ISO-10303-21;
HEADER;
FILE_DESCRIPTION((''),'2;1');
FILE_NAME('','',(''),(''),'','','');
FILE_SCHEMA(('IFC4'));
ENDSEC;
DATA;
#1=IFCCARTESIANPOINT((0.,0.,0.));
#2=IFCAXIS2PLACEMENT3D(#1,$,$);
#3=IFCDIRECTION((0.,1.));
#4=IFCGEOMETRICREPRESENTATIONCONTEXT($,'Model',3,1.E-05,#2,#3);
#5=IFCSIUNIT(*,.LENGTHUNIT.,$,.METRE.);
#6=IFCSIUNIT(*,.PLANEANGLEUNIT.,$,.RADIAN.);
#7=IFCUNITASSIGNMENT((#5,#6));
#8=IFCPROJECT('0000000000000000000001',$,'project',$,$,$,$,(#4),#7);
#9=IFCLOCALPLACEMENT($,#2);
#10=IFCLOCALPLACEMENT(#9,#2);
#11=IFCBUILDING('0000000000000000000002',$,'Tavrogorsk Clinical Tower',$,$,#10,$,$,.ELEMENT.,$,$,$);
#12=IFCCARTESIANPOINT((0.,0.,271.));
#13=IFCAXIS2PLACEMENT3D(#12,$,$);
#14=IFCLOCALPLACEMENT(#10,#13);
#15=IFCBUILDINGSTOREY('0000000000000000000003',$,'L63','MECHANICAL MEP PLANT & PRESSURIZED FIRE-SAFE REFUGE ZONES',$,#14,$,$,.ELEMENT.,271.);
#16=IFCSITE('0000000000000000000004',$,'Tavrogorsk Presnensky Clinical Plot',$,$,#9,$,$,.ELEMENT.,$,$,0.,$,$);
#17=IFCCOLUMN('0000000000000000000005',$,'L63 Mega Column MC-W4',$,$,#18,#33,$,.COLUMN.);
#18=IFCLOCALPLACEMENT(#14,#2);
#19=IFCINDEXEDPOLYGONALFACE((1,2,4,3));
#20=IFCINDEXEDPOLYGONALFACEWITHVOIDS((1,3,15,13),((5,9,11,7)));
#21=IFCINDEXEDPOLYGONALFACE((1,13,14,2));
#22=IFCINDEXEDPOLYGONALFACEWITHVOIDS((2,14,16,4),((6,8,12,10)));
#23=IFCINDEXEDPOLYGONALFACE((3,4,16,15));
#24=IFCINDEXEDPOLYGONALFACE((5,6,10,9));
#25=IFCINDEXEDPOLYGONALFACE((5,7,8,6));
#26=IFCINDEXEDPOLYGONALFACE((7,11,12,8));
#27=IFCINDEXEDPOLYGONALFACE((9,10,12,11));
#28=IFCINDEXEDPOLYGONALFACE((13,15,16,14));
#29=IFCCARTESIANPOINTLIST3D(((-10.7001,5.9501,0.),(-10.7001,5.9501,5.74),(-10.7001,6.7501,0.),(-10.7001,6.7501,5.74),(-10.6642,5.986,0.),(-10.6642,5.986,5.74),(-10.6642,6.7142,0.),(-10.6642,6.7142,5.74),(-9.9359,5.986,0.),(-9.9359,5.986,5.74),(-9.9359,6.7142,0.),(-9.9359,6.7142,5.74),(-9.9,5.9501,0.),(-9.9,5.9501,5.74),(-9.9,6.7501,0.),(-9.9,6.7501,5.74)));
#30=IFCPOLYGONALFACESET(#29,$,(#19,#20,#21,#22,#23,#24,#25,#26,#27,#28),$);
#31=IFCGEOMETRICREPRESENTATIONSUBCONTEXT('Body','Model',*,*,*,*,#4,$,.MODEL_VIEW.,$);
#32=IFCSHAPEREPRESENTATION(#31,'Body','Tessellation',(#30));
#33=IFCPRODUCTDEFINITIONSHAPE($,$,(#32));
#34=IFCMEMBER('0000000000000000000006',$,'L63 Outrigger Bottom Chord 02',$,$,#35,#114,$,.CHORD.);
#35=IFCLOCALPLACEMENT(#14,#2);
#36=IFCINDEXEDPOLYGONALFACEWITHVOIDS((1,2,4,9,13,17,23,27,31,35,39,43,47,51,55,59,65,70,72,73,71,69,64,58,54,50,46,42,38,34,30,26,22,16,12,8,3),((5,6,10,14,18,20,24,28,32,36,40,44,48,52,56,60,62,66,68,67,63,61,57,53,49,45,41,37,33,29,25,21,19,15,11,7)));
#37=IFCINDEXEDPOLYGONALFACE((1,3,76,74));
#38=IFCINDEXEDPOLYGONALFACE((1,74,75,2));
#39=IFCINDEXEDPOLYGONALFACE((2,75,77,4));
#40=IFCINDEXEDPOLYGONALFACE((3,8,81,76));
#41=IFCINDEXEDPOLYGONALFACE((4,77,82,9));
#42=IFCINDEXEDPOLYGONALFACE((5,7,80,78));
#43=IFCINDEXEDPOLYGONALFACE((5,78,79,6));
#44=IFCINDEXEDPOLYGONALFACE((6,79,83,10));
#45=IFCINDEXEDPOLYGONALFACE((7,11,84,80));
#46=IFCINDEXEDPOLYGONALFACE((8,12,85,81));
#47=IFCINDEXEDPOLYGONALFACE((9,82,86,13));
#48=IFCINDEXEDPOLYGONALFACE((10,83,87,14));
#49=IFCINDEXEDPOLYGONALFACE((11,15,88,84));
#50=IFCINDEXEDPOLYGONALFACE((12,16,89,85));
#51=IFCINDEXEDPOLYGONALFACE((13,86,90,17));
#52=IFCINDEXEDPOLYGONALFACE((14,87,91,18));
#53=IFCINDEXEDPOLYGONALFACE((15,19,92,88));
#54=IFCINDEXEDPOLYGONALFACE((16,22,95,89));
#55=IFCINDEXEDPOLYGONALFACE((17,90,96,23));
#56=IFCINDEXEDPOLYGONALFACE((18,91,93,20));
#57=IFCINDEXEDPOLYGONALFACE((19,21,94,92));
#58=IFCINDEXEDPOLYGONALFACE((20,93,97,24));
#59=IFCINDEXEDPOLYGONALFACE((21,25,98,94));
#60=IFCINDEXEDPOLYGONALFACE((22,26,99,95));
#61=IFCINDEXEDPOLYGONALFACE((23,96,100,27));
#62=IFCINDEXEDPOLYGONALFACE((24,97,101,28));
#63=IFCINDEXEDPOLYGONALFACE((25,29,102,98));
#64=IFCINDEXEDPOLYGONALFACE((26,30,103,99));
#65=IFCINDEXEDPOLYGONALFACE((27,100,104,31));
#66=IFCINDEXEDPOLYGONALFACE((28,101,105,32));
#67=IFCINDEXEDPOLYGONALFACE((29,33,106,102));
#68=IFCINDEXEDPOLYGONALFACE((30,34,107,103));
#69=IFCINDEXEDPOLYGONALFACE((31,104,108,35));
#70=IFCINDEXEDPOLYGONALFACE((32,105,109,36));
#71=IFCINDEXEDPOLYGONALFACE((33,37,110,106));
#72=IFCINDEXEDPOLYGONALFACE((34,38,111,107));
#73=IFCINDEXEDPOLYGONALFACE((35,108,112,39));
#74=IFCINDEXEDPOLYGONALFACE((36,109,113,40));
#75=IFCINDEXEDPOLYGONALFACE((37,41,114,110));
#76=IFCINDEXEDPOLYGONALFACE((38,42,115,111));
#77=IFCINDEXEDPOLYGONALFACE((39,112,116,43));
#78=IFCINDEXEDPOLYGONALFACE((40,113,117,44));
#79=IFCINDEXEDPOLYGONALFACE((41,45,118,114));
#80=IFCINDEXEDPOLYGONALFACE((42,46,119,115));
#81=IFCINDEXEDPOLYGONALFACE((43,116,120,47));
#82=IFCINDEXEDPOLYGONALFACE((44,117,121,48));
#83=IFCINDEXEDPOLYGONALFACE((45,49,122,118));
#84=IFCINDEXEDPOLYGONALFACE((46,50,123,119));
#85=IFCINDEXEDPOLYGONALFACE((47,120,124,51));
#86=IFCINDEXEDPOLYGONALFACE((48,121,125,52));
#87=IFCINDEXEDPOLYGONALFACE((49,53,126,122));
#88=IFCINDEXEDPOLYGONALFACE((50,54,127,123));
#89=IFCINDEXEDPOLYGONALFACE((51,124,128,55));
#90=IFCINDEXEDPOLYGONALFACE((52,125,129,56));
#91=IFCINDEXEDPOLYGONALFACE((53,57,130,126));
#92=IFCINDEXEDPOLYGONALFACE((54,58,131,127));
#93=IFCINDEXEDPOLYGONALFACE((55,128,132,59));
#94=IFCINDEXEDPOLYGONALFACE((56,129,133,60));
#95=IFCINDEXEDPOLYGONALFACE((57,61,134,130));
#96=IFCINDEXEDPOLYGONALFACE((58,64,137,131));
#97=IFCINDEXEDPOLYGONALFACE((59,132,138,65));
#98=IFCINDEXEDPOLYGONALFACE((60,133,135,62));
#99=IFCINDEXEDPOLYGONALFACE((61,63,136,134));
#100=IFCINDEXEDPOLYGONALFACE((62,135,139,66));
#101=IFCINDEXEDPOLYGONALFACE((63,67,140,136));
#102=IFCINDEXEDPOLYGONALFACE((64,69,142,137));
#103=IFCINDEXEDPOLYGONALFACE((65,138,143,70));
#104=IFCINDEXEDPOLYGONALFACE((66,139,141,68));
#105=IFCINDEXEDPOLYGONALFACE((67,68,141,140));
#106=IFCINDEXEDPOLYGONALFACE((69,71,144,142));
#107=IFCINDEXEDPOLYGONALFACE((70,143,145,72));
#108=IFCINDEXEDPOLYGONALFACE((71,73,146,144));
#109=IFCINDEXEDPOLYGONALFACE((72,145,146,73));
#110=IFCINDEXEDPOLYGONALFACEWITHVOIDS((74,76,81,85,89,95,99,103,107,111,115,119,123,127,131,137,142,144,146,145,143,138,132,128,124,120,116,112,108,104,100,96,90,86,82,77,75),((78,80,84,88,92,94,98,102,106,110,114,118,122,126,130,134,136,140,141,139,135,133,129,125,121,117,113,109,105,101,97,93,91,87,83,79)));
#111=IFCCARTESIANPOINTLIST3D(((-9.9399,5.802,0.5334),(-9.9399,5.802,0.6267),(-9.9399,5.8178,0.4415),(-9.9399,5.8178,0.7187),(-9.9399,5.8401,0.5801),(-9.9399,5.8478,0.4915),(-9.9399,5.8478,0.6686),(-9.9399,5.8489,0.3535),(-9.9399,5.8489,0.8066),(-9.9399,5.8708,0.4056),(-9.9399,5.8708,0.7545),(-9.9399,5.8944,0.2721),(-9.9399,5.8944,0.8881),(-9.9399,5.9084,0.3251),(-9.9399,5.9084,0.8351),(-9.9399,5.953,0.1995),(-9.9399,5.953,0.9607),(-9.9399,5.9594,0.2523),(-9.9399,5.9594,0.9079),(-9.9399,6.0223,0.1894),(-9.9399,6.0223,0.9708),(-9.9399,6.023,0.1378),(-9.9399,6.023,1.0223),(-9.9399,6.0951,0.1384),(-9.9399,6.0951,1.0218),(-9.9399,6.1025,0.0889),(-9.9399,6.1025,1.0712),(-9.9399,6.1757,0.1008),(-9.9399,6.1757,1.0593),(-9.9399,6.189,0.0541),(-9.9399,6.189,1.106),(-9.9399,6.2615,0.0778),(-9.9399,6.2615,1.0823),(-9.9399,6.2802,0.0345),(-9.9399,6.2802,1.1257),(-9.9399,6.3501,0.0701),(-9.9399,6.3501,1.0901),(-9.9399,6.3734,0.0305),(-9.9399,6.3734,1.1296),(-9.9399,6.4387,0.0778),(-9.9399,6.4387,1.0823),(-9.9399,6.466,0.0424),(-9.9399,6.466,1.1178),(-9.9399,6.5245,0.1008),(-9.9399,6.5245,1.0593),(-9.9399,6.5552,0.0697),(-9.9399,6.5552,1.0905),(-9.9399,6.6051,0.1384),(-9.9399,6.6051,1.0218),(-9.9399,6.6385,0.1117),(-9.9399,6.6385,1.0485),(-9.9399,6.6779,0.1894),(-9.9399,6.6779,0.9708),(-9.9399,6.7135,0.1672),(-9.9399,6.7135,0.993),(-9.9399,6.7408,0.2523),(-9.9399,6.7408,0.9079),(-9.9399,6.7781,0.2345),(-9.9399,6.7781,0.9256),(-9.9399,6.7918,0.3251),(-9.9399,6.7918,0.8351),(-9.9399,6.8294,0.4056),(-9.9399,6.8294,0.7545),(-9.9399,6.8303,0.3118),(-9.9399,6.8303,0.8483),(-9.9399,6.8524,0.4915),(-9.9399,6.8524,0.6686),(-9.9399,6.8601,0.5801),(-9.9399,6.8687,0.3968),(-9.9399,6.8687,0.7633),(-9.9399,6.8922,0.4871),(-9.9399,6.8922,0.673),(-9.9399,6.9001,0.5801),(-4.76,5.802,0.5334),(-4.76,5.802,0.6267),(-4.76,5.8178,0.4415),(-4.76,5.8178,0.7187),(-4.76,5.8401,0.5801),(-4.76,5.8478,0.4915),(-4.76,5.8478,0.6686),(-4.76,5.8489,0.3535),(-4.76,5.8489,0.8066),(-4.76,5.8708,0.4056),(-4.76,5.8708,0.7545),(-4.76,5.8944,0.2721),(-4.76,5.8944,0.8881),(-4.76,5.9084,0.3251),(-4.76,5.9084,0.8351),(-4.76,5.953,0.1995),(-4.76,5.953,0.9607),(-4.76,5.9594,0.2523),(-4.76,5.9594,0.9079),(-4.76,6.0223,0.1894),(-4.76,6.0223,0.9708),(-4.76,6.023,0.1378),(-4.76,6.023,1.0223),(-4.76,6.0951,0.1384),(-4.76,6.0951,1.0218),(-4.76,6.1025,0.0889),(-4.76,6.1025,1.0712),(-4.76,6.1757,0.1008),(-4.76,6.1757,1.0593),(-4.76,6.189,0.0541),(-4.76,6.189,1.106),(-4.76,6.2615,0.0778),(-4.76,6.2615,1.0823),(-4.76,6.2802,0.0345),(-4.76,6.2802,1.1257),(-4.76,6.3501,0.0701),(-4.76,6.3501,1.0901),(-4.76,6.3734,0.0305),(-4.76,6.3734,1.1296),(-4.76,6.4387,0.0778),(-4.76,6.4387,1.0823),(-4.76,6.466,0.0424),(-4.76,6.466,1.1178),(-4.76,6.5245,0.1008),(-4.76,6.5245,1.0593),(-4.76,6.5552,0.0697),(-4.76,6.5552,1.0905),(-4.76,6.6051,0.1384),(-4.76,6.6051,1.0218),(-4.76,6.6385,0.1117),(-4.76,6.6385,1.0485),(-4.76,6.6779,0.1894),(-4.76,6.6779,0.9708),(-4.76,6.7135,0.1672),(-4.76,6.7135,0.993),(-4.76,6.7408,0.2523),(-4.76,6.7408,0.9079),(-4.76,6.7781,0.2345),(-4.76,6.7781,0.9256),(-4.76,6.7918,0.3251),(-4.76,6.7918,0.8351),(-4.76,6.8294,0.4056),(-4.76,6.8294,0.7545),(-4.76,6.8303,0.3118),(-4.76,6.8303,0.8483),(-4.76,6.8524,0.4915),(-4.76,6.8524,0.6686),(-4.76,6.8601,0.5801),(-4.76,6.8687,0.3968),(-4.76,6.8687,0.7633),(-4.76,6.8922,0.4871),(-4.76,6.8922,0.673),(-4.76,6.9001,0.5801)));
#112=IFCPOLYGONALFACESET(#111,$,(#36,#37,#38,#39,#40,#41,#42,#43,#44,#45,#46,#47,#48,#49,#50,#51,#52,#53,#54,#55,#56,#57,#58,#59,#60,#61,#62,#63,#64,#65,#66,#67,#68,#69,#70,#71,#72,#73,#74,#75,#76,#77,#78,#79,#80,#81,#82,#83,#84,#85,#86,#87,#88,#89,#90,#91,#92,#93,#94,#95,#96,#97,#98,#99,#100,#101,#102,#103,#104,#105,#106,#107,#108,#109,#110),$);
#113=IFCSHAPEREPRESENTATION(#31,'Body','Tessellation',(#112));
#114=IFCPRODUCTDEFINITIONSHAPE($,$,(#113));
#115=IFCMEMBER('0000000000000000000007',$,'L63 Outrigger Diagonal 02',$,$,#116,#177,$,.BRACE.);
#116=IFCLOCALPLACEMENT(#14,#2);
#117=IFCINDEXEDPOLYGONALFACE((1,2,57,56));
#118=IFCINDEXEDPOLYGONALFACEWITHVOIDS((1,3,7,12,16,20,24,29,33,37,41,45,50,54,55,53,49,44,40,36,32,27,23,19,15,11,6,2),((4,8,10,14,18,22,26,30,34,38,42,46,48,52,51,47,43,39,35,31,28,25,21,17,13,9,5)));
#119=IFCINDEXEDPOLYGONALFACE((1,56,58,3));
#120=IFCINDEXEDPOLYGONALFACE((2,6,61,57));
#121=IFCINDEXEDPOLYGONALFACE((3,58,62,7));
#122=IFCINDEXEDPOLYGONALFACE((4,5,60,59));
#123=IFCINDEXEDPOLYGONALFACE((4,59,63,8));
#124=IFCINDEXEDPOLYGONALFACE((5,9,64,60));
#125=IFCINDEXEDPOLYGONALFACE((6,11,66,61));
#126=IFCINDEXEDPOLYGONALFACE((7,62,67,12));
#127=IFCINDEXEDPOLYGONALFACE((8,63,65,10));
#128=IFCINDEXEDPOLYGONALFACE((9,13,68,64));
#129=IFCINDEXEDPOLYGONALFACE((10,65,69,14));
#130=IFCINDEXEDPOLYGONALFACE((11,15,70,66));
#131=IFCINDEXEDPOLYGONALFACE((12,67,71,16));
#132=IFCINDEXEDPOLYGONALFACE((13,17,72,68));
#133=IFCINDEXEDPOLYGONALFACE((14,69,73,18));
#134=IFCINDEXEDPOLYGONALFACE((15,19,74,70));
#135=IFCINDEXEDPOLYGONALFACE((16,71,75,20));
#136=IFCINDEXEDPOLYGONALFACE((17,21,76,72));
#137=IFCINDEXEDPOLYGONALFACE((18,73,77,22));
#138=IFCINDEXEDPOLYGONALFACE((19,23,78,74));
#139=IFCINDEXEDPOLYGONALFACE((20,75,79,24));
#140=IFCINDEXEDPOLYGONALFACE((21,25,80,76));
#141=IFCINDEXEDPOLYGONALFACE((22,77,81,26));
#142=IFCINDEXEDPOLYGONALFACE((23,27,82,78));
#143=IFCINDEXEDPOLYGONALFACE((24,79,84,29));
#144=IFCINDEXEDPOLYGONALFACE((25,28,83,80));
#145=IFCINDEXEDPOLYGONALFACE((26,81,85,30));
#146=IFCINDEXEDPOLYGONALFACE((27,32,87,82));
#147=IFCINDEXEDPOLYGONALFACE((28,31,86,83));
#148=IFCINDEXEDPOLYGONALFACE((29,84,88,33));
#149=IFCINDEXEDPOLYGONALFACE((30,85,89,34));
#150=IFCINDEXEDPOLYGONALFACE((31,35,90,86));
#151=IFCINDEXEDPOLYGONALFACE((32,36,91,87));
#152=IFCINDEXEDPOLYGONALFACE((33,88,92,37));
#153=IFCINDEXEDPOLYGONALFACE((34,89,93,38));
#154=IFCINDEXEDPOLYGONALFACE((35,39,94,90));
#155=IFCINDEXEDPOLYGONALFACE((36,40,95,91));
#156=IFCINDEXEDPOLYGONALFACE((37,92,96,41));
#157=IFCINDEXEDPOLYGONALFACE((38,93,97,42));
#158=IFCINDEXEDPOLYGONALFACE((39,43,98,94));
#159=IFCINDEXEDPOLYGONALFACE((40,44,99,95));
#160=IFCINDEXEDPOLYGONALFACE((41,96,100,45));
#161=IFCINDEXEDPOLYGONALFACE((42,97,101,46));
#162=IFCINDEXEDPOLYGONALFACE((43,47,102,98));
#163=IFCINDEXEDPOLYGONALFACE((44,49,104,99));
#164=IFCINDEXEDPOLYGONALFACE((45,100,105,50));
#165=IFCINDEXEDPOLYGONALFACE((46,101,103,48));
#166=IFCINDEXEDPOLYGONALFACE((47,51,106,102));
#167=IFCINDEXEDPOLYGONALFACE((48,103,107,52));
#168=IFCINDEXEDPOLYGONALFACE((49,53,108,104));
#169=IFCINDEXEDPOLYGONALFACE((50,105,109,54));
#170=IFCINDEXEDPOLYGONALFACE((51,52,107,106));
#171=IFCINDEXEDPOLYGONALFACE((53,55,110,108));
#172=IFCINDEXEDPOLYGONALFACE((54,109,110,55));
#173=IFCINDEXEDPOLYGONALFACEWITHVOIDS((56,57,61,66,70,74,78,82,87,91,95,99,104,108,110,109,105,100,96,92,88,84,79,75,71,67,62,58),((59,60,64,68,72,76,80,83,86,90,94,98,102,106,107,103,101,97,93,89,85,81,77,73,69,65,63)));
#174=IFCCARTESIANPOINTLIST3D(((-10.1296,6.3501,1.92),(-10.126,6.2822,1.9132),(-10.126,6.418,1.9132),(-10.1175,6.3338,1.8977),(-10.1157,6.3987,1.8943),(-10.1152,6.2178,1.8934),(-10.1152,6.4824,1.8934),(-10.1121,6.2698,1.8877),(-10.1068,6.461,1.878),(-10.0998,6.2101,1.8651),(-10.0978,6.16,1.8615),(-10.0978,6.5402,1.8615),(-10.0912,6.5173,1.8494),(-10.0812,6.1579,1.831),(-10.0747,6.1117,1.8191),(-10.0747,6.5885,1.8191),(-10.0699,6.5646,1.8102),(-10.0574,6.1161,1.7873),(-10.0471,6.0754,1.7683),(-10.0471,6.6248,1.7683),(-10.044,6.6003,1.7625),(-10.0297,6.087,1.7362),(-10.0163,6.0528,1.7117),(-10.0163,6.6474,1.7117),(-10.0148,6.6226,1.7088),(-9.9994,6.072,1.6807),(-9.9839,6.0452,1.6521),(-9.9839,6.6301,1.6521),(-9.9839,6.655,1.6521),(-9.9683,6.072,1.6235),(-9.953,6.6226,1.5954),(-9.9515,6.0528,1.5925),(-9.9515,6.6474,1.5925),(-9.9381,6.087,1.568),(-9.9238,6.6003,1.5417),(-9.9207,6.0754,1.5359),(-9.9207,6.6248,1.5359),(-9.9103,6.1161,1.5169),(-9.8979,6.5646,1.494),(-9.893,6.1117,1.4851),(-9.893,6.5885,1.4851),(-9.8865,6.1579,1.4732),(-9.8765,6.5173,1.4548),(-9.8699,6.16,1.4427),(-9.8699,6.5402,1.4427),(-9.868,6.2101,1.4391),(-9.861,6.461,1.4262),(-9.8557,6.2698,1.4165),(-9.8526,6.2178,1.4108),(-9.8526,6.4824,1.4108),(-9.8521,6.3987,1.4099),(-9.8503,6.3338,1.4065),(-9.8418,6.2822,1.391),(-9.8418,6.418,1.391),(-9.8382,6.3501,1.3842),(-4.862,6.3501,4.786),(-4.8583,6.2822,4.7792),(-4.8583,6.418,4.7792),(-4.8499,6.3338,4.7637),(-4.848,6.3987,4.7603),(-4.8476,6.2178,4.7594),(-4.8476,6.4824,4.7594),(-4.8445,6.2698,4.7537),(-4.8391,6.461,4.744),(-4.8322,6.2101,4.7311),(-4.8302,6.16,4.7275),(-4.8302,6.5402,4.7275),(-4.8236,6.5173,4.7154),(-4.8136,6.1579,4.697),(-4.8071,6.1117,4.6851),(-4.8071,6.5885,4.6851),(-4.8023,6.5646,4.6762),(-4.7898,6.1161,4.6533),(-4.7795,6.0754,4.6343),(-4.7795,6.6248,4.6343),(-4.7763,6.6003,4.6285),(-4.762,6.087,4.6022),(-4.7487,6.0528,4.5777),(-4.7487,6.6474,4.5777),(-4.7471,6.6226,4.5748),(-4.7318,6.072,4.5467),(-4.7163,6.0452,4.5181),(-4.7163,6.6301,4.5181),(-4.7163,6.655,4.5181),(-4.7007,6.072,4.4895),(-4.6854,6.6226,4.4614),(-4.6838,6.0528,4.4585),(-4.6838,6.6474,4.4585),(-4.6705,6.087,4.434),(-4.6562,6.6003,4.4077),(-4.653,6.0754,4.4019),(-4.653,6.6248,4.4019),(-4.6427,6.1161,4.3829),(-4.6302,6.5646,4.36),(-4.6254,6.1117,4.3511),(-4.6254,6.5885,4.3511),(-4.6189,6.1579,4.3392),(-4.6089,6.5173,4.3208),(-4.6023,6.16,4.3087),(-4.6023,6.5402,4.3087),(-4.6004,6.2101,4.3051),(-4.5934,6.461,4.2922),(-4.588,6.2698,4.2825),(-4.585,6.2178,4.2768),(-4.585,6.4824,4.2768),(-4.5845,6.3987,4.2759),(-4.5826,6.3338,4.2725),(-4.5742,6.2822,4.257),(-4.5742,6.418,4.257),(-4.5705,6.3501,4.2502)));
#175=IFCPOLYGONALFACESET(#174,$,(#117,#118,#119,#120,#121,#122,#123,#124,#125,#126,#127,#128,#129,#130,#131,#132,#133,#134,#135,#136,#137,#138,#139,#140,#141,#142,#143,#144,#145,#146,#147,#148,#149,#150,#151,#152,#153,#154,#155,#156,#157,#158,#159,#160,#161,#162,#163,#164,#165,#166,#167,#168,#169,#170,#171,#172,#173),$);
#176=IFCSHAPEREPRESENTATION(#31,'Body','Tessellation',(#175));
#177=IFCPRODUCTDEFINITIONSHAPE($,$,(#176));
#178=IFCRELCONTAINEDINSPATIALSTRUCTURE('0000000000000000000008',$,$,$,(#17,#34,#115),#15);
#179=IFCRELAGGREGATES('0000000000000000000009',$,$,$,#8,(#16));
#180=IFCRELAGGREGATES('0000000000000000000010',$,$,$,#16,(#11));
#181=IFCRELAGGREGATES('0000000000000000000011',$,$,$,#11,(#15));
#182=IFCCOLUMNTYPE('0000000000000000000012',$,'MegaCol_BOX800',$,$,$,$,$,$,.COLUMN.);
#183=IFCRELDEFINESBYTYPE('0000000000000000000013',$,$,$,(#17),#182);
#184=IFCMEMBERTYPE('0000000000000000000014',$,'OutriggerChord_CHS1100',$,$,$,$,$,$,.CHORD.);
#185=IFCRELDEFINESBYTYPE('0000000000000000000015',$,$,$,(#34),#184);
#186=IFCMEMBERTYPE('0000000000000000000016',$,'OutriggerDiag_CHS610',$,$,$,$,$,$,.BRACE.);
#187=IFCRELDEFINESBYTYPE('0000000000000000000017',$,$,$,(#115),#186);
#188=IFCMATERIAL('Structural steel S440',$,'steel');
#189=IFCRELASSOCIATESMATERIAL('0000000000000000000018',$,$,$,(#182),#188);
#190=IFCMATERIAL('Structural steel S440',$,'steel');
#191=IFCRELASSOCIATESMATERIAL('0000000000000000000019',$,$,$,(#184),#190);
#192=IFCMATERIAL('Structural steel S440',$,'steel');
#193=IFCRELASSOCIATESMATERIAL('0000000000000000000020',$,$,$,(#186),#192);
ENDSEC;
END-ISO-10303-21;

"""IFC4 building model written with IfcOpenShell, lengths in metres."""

from ifc_helpers import new_model, si_unit, direction, frame, origin, origin_2d, place, context, subcontext, project, spatial, hollow_rectangle, hollow_circle, extrude, material, material_profile, profile_set, type_object, element, save


model = new_model("IFC4")

# Units and contexts
model_context = context("Model", 3, precision=1e-05, world=origin(), true_north=direction((0.0, 1.0)))
body_context = subcontext(model_context, "Body", "Model", "MODEL_VIEW")
ifc_project = project(units=[si_unit("LENGTHUNIT", "METRE"), si_unit("PLANEANGLEUNIT", "RADIAN")], contexts=[model_context])

# Site, building, storey
site_placement = place(None, origin())
site = spatial("IfcSite", under=ifc_project, at=site_placement, Name="Tavrogorsk Presnensky Clinical Plot", CompositionType="ELEMENT", RefElevation=0.0)
building_placement = place(site_placement, origin())
building = spatial("IfcBuilding", under=site, at=building_placement, Name="Tavrogorsk Clinical Tower", CompositionType="ELEMENT")
storey_placement = place(building_placement, frame((0.0, 0.0, 271.0)))
storey = spatial("IfcBuildingStorey", under=building, at=storey_placement, Name="L63", Description="MECHANICAL MEP PLANT & PRESSURIZED FIRE-SAFE REFUGE ZONES", CompositionType="ELEMENT", Elevation=271.0)

# Column
ifc_material_1 = material(Name="Structural steel S440", Category="steel")
ifc_material_profile_1 = material_profile(ifc_material_1, hollow_rectangle(XDim=0.8, YDim=0.8, WallThickness=0.0359, at=origin_2d()), Name="BOX-800x800x36")
ifc_profile_set_1 = profile_set([ifc_material_profile_1], Name="Structural steel S440")
column_type = type_object("IfcColumnType", Name="MegaCol_BOX800", PredefinedType="COLUMN", material=ifc_profile_set_1)
column_placement = place(storey_placement, frame((-10.3, 6.3501, 0.0), z_axis=(0.0, 0.0, 1.0), x_axis=(1.0, 0.0, 0.0)))
element("IfcColumn", 1, at=column_placement, inside=storey, type_object=column_type, Name="L63 Mega Column MC-W4", PredefinedType="COLUMN", context=body_context, shape_type="SweptSolid", body=[
    extrude(hollow_rectangle(XDim=0.8, YDim=0.8, WallThickness=0.0359, at=origin_2d()), origin(), (0.0, 0.0, 1.0), 5.74),
])

# Members
ifc_material_2 = material(Name="Structural steel S440", Category="steel")
ifc_material_profile_2 = material_profile(ifc_material_2, hollow_circle(Radius=0.55, WallThickness=0.04, at=origin_2d()), Name="CHS-1100x40")
ifc_profile_set_2 = profile_set([ifc_material_profile_2], Name="Structural steel S440")
member_type_1 = type_object("IfcMemberType", Name="OutriggerChord_CHS1100", PredefinedType="CHORD", material=ifc_profile_set_2)
member_1_placement = place(storey_placement, frame((-9.9399, 6.3501, 0.5801), z_axis=(1.0, 0.0, 0.0), x_axis=(0.0, 1.0, 0.0)))
element("IfcMember", 2, at=member_1_placement, inside=storey, type_object=member_type_1, Name="L63 Outrigger Bottom Chord 02", PredefinedType="CHORD", context=body_context, shape_type="SweptSolid", body=[
    extrude(hollow_circle(Radius=0.55, WallThickness=0.04, at=origin_2d()), origin(), (0.0, 0.0, 1.0), 5.1799),
])
ifc_material_3 = material(Name="Structural steel S440", Category="steel")
ifc_material_profile_3 = material_profile(ifc_material_3, hollow_circle(Radius=0.3049, WallThickness=0.0249, at=origin_2d()), Name="CHS-610x25")
ifc_profile_set_3 = profile_set([ifc_material_profile_3], Name="Structural steel S440")
member_type_2 = type_object("IfcMemberType", Name="OutriggerDiag_CHS610", PredefinedType="BRACE", material=ifc_profile_set_3)
member_2_placement = place(storey_placement, frame((-9.9839, 6.3501, 1.6521), z_axis=(0.878404, 0.0, 0.477919), x_axis=(0.0, 1.0, 0.0)))
element("IfcMember", 3, at=member_2_placement, inside=storey, type_object=member_type_2, Name="L63 Outrigger Diagonal 02", PredefinedType="BRACE", context=body_context, shape_type="SweptSolid", body=[
    extrude(hollow_circle(Radius=0.3049, WallThickness=0.0249, at=origin_2d()), origin(), (0.0, 0.0, 1.0), 5.9968),
])

save(model, "model.ifc")
